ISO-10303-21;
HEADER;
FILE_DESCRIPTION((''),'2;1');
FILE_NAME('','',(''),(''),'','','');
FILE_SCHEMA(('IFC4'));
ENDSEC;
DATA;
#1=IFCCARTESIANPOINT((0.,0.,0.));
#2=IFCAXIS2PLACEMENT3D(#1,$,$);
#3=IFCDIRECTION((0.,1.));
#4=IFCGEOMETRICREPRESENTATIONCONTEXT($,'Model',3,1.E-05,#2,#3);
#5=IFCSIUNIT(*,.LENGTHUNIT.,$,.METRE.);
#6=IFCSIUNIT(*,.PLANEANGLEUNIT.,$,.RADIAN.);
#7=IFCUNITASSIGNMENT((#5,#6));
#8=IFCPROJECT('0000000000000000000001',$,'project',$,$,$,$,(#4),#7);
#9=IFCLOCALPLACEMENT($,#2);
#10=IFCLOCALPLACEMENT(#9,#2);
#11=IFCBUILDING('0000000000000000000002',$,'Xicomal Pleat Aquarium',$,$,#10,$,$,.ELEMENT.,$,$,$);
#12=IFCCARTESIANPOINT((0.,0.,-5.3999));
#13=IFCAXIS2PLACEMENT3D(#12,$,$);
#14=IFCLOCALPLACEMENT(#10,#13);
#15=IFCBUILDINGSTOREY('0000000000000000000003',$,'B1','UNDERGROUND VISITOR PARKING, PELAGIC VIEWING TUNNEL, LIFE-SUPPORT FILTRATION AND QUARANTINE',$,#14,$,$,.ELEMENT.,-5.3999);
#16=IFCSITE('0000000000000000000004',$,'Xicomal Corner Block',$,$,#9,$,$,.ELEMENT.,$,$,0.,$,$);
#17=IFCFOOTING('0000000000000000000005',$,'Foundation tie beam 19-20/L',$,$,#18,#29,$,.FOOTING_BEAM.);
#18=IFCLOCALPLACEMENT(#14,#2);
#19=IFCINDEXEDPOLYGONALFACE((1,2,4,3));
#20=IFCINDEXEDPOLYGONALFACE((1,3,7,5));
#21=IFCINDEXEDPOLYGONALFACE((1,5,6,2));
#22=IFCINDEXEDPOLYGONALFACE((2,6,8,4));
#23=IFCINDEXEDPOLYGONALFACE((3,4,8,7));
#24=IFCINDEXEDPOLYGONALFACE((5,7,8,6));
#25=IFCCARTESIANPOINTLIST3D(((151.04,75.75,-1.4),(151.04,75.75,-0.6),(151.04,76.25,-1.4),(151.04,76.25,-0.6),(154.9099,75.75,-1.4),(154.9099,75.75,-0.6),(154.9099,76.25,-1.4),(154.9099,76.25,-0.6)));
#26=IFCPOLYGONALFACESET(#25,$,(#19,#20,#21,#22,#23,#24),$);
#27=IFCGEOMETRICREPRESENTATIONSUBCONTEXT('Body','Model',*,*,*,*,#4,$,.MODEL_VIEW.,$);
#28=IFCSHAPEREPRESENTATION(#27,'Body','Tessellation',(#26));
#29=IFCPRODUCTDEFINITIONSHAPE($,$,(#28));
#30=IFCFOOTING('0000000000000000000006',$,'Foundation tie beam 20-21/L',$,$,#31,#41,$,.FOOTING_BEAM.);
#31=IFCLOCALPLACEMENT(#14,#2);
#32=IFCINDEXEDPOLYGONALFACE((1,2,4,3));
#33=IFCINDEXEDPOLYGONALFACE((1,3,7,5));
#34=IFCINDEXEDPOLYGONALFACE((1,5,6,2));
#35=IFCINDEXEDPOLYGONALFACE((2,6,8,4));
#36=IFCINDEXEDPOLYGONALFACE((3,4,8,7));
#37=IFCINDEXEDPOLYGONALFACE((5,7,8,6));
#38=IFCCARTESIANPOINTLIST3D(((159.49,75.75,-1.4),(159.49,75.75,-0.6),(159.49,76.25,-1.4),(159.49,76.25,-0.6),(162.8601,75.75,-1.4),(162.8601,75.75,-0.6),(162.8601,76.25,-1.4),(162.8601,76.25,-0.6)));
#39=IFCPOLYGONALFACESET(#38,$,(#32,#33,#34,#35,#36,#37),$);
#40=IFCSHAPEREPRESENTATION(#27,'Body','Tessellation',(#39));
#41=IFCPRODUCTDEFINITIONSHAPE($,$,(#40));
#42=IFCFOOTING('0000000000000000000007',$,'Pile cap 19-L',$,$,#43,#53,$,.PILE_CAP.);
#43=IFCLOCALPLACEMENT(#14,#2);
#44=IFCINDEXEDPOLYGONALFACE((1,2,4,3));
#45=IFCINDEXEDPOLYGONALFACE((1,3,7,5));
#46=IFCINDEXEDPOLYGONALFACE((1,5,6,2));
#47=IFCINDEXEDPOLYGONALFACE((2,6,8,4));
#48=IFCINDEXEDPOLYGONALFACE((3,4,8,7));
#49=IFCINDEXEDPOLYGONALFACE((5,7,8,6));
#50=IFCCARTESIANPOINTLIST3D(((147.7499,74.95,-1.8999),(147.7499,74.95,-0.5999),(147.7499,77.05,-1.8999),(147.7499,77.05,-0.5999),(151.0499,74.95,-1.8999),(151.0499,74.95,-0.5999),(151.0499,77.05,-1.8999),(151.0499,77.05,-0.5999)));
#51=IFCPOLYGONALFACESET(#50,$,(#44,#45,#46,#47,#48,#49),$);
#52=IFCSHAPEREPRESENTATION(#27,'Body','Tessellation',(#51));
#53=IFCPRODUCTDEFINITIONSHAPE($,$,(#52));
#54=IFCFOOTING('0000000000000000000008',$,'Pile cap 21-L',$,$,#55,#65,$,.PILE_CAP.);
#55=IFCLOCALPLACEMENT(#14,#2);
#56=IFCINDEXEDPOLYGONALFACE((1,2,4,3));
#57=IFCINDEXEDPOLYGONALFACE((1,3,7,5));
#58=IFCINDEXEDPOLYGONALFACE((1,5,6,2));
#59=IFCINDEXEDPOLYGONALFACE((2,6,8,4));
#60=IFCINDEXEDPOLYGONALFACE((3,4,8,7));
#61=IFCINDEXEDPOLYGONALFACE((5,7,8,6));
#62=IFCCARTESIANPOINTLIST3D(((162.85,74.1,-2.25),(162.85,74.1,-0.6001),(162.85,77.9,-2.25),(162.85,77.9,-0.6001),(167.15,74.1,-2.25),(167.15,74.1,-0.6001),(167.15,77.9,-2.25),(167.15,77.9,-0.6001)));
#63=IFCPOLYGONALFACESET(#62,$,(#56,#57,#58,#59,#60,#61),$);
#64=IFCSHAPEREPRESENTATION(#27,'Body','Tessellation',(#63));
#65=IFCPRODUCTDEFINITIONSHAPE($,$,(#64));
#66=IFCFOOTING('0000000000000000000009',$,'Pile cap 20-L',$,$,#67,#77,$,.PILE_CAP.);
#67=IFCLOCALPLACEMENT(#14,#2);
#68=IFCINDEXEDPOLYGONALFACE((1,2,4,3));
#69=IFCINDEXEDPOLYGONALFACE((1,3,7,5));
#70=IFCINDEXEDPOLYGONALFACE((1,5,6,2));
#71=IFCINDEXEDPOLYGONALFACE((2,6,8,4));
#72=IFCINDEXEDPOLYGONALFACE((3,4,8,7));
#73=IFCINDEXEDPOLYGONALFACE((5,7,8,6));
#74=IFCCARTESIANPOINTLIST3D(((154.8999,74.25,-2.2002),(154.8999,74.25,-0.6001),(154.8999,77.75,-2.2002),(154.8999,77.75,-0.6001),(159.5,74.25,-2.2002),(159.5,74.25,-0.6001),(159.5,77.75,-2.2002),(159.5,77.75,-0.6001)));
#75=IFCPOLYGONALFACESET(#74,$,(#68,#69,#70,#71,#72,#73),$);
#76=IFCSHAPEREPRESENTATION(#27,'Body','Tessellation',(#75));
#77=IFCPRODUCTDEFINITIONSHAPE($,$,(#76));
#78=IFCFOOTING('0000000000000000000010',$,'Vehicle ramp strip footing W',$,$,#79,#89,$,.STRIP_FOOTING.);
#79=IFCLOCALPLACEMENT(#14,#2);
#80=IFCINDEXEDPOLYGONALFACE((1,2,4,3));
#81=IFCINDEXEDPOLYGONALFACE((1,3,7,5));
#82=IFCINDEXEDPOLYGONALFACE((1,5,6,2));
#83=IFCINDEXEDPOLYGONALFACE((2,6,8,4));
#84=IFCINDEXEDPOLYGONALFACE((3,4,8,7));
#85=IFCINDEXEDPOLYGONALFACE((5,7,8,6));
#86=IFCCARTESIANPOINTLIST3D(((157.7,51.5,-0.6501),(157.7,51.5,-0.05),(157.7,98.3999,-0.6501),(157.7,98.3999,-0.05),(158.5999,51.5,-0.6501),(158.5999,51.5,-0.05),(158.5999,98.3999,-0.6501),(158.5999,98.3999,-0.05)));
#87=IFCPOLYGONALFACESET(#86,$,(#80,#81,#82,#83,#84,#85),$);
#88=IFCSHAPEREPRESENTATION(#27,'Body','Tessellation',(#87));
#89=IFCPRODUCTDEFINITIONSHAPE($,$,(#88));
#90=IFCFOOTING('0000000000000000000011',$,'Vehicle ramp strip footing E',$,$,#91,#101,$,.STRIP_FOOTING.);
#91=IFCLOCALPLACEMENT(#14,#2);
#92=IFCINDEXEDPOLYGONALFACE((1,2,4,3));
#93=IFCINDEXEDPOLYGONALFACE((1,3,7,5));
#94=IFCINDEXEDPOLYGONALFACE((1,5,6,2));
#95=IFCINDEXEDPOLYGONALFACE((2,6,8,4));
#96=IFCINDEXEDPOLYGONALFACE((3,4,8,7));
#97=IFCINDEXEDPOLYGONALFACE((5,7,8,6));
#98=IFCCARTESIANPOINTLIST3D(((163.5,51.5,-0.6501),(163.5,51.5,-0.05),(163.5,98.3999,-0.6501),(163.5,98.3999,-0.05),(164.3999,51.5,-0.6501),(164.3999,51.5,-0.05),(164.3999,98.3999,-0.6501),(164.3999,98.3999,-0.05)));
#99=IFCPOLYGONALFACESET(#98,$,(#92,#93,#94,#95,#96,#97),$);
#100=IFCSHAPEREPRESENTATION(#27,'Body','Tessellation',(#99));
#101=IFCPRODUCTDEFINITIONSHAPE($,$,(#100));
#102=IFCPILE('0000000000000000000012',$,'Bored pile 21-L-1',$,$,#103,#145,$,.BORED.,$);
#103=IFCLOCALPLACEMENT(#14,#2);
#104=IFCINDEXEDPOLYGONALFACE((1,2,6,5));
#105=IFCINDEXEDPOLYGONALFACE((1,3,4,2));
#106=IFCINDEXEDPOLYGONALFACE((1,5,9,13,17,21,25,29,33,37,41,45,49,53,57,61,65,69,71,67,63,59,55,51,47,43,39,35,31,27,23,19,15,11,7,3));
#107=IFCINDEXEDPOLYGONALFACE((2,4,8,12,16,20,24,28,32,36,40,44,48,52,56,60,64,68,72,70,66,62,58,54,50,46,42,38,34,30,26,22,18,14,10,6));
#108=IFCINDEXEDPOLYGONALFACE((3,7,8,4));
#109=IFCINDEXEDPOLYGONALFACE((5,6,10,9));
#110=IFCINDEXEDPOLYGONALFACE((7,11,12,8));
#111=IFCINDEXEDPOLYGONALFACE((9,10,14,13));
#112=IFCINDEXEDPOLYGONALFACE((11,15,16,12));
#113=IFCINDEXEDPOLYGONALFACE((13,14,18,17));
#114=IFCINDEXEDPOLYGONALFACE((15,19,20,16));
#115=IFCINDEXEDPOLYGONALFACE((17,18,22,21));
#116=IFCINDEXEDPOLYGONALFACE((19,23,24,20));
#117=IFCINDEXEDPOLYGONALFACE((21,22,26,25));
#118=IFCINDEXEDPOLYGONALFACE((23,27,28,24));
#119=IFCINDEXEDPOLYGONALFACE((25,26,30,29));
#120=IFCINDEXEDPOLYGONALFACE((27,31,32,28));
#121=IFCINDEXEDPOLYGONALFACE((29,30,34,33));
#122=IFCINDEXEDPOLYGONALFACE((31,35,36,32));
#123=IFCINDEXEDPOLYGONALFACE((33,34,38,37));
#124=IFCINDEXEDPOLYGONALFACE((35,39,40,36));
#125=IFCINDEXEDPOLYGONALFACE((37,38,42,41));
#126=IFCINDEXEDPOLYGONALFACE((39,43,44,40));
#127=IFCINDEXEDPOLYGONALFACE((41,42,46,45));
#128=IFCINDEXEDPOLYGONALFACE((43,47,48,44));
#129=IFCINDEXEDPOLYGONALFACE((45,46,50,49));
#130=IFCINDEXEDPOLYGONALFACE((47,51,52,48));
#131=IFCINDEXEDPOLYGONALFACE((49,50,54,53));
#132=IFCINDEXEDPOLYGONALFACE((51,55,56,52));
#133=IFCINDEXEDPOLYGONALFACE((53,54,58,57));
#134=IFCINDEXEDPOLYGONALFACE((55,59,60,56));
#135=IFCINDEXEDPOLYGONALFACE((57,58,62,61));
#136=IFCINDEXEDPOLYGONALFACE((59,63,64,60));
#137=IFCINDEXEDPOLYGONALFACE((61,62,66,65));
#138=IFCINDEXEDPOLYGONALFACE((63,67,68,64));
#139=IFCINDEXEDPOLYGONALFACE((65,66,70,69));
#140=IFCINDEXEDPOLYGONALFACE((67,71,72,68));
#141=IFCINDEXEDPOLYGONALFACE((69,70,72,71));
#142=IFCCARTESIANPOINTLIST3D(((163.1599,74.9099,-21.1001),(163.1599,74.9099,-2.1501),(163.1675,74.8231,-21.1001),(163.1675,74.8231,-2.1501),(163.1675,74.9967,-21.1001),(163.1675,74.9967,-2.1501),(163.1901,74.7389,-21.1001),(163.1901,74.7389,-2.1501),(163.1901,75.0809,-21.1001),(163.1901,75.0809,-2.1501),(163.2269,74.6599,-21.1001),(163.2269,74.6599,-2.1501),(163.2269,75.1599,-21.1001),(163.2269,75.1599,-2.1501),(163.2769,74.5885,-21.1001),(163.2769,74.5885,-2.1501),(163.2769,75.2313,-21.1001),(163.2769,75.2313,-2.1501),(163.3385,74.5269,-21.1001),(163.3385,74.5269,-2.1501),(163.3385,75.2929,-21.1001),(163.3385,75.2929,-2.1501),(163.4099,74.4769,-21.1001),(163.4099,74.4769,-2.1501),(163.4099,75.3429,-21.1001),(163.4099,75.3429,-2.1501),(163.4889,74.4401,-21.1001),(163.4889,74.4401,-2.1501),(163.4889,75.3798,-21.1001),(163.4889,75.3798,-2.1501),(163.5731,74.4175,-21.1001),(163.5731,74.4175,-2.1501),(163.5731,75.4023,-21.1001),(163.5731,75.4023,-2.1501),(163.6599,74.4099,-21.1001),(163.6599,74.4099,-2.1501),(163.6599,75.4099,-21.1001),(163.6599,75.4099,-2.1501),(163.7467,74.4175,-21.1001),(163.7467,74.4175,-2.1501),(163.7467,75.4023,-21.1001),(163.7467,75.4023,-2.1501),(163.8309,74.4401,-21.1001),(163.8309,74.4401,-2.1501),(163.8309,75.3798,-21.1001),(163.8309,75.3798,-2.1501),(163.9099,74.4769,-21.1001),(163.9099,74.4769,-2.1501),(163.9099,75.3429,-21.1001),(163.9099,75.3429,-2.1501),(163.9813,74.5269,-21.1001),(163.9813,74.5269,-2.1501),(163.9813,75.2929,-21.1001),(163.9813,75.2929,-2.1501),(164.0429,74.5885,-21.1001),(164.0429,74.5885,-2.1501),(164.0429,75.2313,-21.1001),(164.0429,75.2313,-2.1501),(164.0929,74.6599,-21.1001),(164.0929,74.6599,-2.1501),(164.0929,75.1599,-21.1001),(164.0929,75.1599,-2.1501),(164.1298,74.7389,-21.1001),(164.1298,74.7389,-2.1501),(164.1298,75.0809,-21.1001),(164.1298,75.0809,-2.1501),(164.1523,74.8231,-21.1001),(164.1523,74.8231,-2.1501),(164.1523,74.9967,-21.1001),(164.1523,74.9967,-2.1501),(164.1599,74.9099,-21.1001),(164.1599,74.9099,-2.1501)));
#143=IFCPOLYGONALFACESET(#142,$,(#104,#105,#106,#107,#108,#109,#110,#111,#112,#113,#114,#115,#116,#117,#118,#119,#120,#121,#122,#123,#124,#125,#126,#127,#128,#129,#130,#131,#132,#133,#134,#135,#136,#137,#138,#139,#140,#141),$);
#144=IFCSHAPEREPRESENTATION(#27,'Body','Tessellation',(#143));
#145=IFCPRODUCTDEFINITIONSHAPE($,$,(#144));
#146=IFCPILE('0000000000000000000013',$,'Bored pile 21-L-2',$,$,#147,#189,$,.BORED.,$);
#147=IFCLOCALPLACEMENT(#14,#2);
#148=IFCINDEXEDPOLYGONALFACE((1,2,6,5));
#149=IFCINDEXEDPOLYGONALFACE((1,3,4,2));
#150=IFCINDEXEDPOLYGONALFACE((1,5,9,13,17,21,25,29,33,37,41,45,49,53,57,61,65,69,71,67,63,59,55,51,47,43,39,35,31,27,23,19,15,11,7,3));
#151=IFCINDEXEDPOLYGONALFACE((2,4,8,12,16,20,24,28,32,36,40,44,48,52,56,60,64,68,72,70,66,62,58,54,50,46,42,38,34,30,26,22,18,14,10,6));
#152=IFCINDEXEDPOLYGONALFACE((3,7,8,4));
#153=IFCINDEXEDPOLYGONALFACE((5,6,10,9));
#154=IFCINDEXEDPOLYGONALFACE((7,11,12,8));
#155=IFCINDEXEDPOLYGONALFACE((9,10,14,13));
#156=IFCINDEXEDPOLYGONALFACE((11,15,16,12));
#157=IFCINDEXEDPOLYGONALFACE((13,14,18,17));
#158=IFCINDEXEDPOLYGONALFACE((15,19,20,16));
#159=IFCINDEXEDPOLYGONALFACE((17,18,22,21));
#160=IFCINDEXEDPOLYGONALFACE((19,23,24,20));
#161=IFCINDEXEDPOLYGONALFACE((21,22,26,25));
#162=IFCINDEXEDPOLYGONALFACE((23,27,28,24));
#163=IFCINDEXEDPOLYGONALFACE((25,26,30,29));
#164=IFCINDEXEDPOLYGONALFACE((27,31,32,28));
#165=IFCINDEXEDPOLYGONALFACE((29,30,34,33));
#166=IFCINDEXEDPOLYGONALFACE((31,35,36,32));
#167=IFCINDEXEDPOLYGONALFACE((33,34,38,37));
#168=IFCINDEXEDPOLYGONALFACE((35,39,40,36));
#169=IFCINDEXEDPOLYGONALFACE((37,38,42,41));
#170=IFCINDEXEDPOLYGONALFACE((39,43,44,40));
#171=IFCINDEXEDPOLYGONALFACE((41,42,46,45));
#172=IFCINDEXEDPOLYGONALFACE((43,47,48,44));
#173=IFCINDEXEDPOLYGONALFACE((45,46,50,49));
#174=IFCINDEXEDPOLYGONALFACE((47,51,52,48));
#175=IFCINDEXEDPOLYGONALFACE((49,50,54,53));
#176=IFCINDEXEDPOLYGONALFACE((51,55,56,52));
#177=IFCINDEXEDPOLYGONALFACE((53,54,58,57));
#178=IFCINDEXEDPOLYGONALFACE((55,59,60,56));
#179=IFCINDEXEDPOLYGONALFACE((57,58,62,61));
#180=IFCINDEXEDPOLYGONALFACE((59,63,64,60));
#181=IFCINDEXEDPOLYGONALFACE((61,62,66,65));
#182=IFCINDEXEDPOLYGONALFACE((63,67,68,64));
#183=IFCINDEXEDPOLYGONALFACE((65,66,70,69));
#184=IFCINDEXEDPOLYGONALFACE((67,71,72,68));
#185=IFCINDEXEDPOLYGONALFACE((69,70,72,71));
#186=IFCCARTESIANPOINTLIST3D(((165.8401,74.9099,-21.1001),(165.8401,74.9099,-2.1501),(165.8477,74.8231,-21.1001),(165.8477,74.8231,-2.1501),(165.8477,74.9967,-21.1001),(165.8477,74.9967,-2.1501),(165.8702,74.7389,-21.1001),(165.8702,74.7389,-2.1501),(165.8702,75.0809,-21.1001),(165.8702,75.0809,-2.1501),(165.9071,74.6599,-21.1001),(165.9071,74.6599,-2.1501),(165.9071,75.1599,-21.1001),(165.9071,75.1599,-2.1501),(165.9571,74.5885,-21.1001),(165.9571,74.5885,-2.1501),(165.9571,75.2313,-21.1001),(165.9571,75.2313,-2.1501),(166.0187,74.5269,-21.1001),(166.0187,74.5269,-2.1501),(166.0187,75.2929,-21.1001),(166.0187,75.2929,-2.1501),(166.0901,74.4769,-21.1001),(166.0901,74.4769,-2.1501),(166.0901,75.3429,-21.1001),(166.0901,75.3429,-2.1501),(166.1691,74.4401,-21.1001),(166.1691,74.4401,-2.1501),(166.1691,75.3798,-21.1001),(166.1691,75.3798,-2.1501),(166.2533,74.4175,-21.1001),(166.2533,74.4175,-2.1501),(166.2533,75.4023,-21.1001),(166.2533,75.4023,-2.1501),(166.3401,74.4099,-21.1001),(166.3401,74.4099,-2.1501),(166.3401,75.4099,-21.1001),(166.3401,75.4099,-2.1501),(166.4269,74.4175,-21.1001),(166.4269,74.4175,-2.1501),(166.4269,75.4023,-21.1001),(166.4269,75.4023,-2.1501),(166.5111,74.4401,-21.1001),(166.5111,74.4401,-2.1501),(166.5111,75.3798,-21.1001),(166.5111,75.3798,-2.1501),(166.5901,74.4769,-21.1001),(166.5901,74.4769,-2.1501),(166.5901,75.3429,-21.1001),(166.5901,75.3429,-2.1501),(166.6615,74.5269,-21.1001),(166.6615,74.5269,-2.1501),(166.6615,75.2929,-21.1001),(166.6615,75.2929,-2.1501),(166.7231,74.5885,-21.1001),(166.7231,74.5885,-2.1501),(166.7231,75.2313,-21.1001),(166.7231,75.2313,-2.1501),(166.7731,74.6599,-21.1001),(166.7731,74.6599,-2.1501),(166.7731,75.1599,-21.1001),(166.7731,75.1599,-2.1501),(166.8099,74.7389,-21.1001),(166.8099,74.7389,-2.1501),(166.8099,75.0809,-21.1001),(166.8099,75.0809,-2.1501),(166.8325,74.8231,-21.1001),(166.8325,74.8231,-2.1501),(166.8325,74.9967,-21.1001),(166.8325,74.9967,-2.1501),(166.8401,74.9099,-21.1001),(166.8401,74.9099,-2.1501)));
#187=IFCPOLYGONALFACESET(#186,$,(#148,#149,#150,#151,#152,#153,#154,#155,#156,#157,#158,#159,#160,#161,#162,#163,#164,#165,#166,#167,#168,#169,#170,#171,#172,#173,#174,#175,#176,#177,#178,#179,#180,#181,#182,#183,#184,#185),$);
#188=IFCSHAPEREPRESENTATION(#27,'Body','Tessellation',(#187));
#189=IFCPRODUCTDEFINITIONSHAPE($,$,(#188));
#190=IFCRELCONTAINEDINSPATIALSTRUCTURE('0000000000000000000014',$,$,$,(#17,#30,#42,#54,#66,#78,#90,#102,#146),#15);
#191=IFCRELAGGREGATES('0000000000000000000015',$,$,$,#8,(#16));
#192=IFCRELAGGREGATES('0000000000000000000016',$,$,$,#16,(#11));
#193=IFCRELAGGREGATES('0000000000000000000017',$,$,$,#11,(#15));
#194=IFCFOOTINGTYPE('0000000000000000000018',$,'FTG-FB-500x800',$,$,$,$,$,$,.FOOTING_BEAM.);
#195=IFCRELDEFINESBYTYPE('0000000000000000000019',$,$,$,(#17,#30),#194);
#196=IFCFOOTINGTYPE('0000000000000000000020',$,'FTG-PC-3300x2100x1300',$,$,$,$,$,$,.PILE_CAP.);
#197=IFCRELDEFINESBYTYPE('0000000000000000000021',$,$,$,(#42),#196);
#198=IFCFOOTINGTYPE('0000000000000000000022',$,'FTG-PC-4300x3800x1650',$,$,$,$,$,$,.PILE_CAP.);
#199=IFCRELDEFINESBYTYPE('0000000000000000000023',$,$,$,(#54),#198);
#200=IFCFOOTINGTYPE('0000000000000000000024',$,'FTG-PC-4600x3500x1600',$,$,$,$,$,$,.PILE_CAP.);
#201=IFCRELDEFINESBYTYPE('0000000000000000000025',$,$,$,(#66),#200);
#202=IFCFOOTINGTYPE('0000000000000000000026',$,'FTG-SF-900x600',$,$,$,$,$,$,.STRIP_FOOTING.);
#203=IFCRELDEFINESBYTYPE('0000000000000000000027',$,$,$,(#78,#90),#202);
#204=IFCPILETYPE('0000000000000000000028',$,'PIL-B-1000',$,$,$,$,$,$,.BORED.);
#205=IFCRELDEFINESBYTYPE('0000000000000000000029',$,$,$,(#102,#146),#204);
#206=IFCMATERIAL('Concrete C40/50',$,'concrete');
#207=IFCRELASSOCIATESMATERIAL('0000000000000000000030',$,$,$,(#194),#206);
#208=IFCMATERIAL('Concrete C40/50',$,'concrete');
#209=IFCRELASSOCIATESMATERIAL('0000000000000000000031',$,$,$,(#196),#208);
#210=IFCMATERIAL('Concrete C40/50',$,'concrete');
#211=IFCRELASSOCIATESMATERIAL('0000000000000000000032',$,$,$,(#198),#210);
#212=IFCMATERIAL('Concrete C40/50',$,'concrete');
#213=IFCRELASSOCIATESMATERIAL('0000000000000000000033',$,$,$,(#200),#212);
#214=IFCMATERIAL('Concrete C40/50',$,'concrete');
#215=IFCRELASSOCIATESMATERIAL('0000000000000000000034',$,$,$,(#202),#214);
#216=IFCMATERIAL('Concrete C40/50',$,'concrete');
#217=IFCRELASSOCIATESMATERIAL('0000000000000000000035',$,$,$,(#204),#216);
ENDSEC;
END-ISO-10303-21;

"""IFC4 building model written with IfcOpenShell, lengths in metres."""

from ifc_helpers import new_model, si_unit, direction, frame, origin, origin_2d, place, context, subcontext, project, spatial, rectangle, circle, extrude, material, material_profile, profile_set, type_object, element, save


model = new_model("IFC4")

# Units and contexts
model_context = context("Model", 3, precision=1e-05, world=origin(), true_north=direction((0.0, 1.0)))
body_context = subcontext(model_context, "Body", "Model", "MODEL_VIEW")
ifc_project = project(units=[si_unit("LENGTHUNIT", "METRE"), si_unit("PLANEANGLEUNIT", "RADIAN")], contexts=[model_context])

# Site, building, storey
site_placement = place(None, origin())
site = spatial("IfcSite", under=ifc_project, at=site_placement, Name="Xicomal Corner Block", CompositionType="ELEMENT", RefElevation=0.0)
building_placement = place(site_placement, origin())
building = spatial("IfcBuilding", under=site, at=building_placement, Name="Xicomal Pleat Aquarium", CompositionType="ELEMENT")
storey_placement = place(building_placement, frame((0.0, 0.0, -5.3999)))
storey = spatial("IfcBuildingStorey", under=building, at=storey_placement, Name="B1", Description="UNDERGROUND VISITOR PARKING, PELAGIC VIEWING TUNNEL, LIFE-SUPPORT FILTRATION AND QUARANTINE", CompositionType="ELEMENT", Elevation=-5.3999)

# Footings
ifc_material_1 = material(Name="Concrete C40/50", Category="concrete")
ifc_material_profile_1 = material_profile(ifc_material_1, rectangle(XDim=0.5, YDim=0.8, at=origin_2d()), Name="FB-01 500x800")
ifc_profile_set_1 = profile_set([ifc_material_profile_1], Name="Concrete C40/50")
footing_type_1 = type_object("IfcFootingType", Name="FTG-FB-500x800", PredefinedType="FOOTING_BEAM", material=ifc_profile_set_1)
footing_1_placement = place(storey_placement, frame((151.04, 76.0, -1.0), z_axis=(1.0, 0.0, 0.0), x_axis=(0.0, 1.0, 0.0)))
element("IfcFooting", 1, at=footing_1_placement, inside=storey, type_object=footing_type_1, Name="Foundation tie beam 19-20/L", PredefinedType="FOOTING_BEAM", context=body_context, shape_type="SweptSolid", body=[
    extrude(rectangle(XDim=0.5, YDim=0.8, at=origin_2d()), origin(), (0.0, 0.0, 1.0), 3.8699),
])
footing_2_placement = place(storey_placement, frame((159.49, 76.0, -1.0), z_axis=(1.0, 0.0, 0.0), x_axis=(0.0, 1.0, 0.0)))
element("IfcFooting", 2, at=footing_2_placement, inside=storey, type_object=footing_type_1, Name="Foundation tie beam 20-21/L", PredefinedType="FOOTING_BEAM", context=body_context, shape_type="SweptSolid", body=[
    extrude(rectangle(XDim=0.5, YDim=0.8, at=origin_2d()), origin(), (0.0, 0.0, 1.0), 3.3701),
])
ifc_material_2 = material(Name="Concrete C40/50", Category="concrete")
footing_type_2 = type_object("IfcFootingType", Name="FTG-PC-3300x2100x1300", PredefinedType="PILE_CAP", material=ifc_material_2)
footing_3_placement = place(storey_placement, frame((149.3999, 76.0, -1.8999), z_axis=(0.0, 0.0, 1.0), x_axis=(1.0, 0.0, 0.0)))
element("IfcFooting", 3, at=footing_3_placement, inside=storey, type_object=footing_type_2, Name="Pile cap 19-L", PredefinedType="PILE_CAP", context=body_context, shape_type="SweptSolid", body=[
    extrude(rectangle(XDim=3.3, YDim=2.1001, at=origin_2d()), origin(), (0.0, 0.0, 1.0), 1.3),
])
ifc_material_3 = material(Name="Concrete C40/50", Category="concrete")
footing_type_3 = type_object("IfcFootingType", Name="FTG-PC-4300x3800x1650", PredefinedType="PILE_CAP", material=ifc_material_3)
footing_4_placement = place(storey_placement, frame((165.0, 76.0, -2.25), z_axis=(0.0, 0.0, 1.0), x_axis=(1.0, 0.0, 0.0)))
element("IfcFooting", 4, at=footing_4_placement, inside=storey, type_object=footing_type_3, Name="Pile cap 21-L", PredefinedType="PILE_CAP", context=body_context, shape_type="SweptSolid", body=[
    extrude(rectangle(XDim=4.3, YDim=3.8, at=origin_2d()), origin(), (0.0, 0.0, 1.0), 1.6499),
])
ifc_material_4 = material(Name="Concrete C40/50", Category="concrete")
footing_type_4 = type_object("IfcFootingType", Name="FTG-PC-4600x3500x1600", PredefinedType="PILE_CAP", material=ifc_material_4)
footing_5_placement = place(storey_placement, frame((157.2, 76.0, -2.2002), z_axis=(0.0, 0.0, 1.0), x_axis=(1.0, 0.0, 0.0)))
element("IfcFooting", 5, at=footing_5_placement, inside=storey, type_object=footing_type_4, Name="Pile cap 20-L", PredefinedType="PILE_CAP", context=body_context, shape_type="SweptSolid", body=[
    extrude(rectangle(XDim=4.6001, YDim=3.5, at=origin_2d()), origin(), (0.0, 0.0, 1.0), 1.6001),
])
ifc_material_5 = material(Name="Concrete C40/50", Category="concrete")
ifc_material_profile_2 = material_profile(ifc_material_5, rectangle(XDim=0.8999, YDim=0.6001, at=origin_2d()), Name="SF-01 900x600")
ifc_profile_set_2 = profile_set([ifc_material_profile_2], Name="Concrete C40/50")
footing_type_5 = type_object("IfcFootingType", Name="FTG-SF-900x600", PredefinedType="STRIP_FOOTING", material=ifc_profile_set_2)
for number, where, z_axis, x_axis, name in (
    (6, (158.1499, 51.5, -0.3501), (0.0, 1.0, 0.0), (-1.0, 0.0, 0.0), "Vehicle ramp strip footing W"),
    (7, (163.95, 51.5, -0.3501), (0.0, 1.0, 0.0), (-1.0, 0.0, 0.0), "Vehicle ramp strip footing E"),
):
    element("IfcFooting", number, at=place(storey_placement, frame(where, z_axis=z_axis, x_axis=x_axis)), inside=storey, type_object=footing_type_5, Name=name, PredefinedType="STRIP_FOOTING", context=body_context, shape_type="SweptSolid", body=[
        extrude(rectangle(XDim=0.8999, YDim=0.6001, at=origin_2d()), origin(), (0.0, 0.0, 1.0), 46.8999),
    ])

# Piles
ifc_material_6 = material(Name="Concrete C40/50", Category="concrete")
ifc_material_profile_3 = material_profile(ifc_material_6, circle(Radius=0.5, at=origin_2d()), Name="BORED PILE D1000")
ifc_profile_set_3 = profile_set([ifc_material_profile_3], Name="Concrete C40/50")
pile_type_1 = type_object("IfcPileType", Name="PIL-B-1000", PredefinedType="BORED", material=ifc_profile_set_3)
for number, where, z_axis, x_axis, name in (
    (8, (163.6599, 74.9099, -2.1501), (0.0, 0.0, -1.0), (1.0, 0.0, 0.0), "Bored pile 21-L-1"),
    (9, (166.3401, 74.9099, -2.1501), (0.0, 0.0, -1.0), (1.0, 0.0, 0.0), "Bored pile 21-L-2"),
):
    element("IfcPile", number, at=place(storey_placement, frame(where, z_axis=z_axis, x_axis=x_axis)), inside=storey, type_object=pile_type_1, Name=name, PredefinedType="BORED", context=body_context, shape_type="SweptSolid", body=[
        extrude(circle(Radius=0.5, at=origin_2d()), origin(), (0.0, 0.0, 1.0), 18.95),
    ])

save(model, "model.ifc")
